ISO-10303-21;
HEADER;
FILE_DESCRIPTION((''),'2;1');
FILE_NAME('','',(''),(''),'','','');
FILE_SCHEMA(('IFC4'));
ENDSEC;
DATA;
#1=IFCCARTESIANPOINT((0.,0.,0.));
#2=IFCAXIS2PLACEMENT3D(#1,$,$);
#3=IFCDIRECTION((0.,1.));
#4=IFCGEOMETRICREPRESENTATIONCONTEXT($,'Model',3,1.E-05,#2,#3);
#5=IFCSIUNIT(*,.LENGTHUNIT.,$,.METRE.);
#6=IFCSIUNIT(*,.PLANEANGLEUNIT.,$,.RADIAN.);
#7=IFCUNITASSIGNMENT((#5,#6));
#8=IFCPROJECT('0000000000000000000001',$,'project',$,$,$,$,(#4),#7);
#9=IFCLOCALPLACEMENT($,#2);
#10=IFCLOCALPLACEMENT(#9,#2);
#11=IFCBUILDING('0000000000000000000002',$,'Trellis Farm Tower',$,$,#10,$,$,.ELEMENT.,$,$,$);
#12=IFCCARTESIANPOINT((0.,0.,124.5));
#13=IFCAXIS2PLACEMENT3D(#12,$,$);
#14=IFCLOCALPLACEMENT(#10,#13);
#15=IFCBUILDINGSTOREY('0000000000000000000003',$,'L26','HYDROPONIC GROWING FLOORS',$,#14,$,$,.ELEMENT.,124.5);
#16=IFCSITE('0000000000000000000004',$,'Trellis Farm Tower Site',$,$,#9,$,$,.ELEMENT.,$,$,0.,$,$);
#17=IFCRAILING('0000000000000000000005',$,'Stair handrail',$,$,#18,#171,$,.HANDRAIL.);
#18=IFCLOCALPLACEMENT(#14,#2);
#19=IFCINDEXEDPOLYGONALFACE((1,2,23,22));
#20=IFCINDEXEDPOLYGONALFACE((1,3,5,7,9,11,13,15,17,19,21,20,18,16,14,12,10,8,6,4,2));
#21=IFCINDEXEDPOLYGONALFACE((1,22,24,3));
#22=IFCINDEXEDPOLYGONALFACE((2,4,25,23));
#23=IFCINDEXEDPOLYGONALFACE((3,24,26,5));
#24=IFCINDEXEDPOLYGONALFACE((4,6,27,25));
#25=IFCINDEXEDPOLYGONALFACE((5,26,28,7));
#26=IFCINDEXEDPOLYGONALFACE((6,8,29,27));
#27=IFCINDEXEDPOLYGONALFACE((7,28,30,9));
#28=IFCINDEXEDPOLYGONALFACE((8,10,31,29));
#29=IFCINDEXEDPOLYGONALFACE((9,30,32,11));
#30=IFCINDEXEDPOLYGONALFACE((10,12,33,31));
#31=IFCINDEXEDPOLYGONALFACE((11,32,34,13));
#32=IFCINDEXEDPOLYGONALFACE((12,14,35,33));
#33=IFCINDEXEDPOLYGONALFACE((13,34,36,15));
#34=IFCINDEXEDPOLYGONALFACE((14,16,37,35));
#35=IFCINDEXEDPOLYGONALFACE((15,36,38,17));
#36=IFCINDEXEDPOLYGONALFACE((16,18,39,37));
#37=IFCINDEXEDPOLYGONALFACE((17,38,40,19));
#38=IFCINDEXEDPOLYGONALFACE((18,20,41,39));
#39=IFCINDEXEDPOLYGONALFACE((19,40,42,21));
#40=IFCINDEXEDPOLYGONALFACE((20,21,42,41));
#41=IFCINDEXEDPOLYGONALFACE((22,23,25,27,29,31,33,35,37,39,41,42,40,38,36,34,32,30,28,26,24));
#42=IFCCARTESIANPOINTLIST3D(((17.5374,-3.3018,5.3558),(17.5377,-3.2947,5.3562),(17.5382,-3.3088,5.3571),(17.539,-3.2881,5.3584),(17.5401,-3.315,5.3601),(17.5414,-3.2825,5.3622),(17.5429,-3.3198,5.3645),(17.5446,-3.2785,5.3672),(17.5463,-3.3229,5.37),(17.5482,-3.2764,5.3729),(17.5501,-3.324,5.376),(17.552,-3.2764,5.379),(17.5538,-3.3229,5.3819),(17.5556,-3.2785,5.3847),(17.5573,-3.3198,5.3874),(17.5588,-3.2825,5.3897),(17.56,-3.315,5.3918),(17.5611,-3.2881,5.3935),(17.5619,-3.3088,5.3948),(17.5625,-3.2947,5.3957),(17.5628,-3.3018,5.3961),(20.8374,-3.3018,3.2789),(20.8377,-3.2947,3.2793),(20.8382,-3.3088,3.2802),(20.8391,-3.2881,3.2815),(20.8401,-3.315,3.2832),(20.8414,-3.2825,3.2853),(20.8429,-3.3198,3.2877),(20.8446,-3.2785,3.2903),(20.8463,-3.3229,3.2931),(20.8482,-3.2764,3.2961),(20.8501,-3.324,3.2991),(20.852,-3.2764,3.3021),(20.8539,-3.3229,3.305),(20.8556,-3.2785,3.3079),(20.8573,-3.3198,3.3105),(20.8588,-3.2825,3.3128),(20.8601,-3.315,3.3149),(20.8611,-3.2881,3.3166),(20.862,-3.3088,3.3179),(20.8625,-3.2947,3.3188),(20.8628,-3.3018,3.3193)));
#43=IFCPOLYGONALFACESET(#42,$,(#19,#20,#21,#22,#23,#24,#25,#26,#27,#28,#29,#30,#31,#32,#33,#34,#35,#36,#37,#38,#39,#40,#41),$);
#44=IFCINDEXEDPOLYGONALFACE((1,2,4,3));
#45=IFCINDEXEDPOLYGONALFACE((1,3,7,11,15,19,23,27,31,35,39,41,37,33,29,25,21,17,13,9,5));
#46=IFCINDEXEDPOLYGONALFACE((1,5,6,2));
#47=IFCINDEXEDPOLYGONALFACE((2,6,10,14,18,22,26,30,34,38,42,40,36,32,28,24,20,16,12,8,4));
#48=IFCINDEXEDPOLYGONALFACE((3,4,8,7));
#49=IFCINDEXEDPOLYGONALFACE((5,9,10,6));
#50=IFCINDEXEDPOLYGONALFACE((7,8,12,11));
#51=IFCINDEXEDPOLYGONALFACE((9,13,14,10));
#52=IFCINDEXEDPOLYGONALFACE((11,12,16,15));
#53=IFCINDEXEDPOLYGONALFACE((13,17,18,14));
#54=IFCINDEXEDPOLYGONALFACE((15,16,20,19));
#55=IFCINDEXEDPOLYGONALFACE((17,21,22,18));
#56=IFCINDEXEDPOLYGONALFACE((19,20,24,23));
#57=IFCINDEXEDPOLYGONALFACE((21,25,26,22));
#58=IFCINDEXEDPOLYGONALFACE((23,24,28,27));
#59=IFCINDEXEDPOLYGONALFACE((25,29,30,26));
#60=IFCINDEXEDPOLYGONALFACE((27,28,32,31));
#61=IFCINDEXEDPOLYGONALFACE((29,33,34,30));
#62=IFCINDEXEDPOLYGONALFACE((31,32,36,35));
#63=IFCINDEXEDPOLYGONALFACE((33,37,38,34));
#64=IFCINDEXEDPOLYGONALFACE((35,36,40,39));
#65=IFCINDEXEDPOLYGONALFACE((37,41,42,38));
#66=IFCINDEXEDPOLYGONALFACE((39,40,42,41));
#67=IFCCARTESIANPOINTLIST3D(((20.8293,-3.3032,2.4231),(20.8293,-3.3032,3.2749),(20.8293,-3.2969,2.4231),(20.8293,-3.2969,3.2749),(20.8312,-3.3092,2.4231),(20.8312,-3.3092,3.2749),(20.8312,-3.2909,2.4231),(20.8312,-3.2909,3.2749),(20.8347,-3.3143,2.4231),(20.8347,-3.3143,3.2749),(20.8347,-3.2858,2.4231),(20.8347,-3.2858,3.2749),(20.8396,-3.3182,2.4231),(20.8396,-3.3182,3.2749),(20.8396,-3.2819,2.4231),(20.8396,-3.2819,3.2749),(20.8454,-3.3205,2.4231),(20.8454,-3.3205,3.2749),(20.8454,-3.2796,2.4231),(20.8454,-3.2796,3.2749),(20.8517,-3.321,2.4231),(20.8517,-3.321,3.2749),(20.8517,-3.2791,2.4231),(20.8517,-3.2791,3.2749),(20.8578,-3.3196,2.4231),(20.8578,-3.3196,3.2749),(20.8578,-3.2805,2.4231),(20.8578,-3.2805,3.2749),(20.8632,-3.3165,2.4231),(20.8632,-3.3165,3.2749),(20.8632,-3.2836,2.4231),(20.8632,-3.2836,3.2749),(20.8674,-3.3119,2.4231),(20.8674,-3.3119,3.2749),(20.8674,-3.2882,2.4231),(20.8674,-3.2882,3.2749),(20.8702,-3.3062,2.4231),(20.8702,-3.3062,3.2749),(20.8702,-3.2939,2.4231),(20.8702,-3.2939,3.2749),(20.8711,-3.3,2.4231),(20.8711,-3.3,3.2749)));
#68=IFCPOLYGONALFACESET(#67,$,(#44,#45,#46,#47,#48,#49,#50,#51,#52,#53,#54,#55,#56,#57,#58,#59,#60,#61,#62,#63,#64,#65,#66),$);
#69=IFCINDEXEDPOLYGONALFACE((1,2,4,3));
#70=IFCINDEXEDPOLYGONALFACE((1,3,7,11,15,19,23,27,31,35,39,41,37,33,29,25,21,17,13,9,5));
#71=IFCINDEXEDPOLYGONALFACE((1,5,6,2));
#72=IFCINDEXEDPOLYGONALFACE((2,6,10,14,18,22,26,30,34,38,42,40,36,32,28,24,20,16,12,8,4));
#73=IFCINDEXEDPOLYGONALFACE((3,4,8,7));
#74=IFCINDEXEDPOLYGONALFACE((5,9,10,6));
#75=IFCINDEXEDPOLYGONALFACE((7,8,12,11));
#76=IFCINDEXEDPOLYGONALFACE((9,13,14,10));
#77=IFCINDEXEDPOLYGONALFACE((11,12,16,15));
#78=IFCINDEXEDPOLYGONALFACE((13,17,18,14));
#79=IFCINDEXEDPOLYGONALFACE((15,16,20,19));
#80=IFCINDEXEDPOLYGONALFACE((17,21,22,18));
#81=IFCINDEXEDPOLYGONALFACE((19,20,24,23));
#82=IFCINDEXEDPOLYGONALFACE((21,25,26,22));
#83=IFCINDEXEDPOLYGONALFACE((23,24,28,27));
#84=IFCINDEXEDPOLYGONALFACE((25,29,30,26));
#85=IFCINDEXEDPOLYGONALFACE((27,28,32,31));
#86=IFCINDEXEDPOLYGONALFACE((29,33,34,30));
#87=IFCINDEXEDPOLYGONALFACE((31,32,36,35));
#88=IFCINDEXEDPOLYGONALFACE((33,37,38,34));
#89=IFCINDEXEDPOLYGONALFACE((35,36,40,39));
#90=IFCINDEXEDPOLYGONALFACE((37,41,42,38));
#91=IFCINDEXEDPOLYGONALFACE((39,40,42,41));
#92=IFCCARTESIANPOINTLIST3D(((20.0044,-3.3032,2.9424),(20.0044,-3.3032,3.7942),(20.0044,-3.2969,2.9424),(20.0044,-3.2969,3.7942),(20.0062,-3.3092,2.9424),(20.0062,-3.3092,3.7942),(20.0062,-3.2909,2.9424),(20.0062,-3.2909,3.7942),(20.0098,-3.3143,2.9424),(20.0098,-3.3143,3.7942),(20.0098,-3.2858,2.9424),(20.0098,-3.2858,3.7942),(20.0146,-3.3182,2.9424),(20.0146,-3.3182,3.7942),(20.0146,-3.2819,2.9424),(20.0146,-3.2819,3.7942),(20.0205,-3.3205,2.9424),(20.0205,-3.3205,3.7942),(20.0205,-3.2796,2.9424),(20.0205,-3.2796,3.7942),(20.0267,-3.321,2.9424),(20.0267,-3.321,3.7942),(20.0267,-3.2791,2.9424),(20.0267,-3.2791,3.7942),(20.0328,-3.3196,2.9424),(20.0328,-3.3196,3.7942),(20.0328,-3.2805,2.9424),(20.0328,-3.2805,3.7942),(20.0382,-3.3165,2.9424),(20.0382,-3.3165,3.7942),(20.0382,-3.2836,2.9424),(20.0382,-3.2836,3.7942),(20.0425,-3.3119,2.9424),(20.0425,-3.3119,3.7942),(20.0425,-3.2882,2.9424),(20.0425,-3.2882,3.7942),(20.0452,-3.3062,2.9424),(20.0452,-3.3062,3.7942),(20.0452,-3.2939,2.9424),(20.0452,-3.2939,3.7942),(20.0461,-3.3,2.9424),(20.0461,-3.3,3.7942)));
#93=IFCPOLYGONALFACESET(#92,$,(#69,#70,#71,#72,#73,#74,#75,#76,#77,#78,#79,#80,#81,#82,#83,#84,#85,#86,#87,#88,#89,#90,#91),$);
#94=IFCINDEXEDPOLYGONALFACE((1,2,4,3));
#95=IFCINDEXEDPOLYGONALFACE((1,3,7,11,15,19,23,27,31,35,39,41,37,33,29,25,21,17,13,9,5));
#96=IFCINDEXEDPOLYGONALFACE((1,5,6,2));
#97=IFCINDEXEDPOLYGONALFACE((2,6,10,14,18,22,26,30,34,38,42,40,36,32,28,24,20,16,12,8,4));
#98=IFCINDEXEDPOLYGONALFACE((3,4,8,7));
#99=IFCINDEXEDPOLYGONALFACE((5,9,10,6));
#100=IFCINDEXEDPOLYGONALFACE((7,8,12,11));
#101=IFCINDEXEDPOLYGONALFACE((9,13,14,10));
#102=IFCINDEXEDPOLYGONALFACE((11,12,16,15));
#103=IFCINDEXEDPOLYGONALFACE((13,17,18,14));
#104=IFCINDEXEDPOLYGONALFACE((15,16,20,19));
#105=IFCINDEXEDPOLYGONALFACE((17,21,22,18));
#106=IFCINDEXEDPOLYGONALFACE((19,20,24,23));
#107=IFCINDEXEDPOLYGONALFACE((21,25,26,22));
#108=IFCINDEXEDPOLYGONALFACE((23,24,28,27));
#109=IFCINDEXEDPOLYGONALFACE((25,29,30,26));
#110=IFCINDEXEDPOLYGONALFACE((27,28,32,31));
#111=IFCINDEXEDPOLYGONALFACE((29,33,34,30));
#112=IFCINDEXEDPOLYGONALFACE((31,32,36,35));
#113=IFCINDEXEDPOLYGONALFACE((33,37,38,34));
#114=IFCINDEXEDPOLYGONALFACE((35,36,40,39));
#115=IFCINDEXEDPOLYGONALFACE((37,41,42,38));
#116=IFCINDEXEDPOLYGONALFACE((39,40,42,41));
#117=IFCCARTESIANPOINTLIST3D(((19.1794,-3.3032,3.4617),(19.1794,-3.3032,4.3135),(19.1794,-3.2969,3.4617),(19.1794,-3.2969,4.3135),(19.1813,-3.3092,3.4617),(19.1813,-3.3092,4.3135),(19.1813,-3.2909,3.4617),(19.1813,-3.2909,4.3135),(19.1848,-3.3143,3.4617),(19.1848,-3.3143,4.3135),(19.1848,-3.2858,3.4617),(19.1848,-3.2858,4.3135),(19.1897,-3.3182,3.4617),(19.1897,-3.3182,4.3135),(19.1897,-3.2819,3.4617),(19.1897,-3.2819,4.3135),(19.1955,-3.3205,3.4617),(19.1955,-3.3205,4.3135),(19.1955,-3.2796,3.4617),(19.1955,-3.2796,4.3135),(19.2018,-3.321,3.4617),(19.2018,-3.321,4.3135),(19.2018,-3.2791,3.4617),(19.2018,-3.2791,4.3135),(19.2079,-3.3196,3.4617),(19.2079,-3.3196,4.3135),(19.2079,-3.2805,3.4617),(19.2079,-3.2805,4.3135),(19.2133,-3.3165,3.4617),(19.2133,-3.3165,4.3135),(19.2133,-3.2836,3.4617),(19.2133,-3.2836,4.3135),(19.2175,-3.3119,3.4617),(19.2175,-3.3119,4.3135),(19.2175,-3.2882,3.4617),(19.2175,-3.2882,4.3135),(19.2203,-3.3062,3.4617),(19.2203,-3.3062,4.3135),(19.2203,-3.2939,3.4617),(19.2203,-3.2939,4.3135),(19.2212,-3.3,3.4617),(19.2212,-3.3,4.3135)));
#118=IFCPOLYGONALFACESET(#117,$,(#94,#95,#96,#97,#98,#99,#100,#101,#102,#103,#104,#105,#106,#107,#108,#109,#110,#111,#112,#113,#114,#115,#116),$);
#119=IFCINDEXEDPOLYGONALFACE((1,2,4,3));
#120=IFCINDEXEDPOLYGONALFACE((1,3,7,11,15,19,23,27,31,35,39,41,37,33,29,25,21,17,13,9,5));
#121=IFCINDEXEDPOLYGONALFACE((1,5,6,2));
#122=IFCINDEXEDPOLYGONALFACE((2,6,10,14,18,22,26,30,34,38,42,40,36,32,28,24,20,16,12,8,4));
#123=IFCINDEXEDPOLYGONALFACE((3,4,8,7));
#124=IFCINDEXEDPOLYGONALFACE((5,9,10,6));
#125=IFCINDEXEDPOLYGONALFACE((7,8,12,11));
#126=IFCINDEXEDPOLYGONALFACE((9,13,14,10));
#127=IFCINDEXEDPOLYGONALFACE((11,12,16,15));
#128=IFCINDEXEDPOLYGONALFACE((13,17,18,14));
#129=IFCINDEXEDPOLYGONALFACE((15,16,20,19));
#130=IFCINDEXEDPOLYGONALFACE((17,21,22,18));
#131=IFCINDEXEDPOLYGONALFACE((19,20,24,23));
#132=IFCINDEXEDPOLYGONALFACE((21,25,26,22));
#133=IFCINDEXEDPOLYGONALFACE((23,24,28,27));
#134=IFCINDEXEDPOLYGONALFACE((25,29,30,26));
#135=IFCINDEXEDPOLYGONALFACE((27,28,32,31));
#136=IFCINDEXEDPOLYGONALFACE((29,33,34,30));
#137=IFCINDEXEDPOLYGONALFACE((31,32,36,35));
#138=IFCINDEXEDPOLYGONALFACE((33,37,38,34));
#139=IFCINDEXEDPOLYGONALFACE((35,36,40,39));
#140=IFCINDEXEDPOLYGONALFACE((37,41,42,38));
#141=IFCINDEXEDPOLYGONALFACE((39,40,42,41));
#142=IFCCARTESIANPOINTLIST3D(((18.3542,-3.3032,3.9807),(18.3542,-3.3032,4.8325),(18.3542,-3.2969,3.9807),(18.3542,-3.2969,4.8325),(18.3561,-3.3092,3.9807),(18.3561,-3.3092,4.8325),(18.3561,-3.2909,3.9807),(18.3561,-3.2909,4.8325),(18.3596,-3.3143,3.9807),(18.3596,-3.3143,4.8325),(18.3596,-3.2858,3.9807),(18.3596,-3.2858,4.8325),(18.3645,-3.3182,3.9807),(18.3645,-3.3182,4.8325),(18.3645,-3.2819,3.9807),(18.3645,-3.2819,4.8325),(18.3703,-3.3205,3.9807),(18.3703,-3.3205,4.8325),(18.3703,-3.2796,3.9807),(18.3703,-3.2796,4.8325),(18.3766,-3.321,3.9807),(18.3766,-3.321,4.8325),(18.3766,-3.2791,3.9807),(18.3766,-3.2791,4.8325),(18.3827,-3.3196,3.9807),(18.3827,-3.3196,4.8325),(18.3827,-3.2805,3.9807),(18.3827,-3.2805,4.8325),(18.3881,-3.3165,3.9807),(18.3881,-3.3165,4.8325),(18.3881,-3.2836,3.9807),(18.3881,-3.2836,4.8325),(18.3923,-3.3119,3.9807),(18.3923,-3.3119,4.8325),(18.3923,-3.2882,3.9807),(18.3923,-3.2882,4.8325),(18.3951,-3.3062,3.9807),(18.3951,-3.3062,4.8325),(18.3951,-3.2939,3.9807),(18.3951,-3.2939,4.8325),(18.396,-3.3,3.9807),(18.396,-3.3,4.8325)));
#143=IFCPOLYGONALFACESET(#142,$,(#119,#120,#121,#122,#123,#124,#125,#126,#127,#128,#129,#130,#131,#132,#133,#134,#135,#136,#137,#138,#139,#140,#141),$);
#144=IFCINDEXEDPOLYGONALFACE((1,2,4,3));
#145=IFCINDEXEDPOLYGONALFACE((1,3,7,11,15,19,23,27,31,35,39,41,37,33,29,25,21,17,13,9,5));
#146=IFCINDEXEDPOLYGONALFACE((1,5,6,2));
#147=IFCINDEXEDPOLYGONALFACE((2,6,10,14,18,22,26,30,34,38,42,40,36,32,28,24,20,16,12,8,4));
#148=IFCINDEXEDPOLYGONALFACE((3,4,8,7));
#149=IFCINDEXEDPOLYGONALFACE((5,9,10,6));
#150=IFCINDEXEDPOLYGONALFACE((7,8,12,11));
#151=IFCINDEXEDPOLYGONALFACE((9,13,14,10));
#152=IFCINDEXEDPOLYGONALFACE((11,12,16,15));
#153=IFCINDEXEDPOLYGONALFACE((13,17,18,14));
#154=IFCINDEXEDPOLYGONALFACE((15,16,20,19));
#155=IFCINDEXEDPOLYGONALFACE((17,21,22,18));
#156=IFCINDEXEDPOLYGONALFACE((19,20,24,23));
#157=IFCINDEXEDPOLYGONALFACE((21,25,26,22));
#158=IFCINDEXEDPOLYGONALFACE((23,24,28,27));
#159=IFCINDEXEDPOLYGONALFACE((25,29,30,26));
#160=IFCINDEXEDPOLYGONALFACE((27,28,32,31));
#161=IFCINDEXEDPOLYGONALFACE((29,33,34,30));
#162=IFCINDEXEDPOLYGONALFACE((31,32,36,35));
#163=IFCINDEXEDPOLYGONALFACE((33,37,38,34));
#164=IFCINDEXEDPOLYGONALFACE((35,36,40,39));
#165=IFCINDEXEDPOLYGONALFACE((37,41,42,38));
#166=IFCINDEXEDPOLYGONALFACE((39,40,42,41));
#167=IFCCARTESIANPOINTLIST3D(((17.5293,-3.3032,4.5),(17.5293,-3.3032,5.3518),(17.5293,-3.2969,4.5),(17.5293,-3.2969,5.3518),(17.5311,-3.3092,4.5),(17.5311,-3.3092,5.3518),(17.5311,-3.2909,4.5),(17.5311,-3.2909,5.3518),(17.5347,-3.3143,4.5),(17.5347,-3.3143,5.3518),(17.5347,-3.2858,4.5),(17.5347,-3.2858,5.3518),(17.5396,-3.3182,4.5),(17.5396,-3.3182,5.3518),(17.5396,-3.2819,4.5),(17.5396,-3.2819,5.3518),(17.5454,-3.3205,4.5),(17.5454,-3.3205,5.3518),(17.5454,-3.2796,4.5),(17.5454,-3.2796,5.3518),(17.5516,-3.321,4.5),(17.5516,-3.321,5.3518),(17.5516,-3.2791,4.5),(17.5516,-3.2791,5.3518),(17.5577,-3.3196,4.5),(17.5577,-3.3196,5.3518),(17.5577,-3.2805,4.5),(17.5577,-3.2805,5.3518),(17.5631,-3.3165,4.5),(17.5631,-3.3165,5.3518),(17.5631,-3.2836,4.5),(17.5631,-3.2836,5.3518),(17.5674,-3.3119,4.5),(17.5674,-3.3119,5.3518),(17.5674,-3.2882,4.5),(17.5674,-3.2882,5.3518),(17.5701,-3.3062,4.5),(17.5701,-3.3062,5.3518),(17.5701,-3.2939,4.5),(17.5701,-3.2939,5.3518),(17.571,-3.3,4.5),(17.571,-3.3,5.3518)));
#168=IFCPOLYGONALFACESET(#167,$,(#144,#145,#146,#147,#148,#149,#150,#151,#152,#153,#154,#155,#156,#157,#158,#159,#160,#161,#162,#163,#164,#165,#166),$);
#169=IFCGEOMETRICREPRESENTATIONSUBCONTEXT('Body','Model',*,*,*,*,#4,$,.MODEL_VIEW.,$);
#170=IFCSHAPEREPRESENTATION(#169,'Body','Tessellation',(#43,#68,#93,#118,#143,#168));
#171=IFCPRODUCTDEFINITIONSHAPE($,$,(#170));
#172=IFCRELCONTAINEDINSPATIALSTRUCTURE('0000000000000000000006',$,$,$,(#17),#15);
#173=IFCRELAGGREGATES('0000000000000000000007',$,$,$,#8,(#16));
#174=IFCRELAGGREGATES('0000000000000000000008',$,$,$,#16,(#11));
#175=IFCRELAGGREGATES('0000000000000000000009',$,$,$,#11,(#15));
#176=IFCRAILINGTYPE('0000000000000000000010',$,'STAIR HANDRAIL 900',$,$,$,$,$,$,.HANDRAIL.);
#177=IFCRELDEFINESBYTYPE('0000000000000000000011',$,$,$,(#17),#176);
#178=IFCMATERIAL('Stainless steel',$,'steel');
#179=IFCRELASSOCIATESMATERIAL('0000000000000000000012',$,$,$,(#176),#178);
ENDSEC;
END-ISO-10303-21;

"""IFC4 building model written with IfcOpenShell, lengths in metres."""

from ifc_helpers import new_model, si_unit, direction, frame, origin, origin_2d, place, context, subcontext, project, spatial, circle, extrude, source, transform, mapped, material, type_object, element, save


model = new_model("IFC4")

# Units and contexts
model_context = context("Model", 3, precision=1e-05, world=origin(), true_north=direction((0.0, 1.0)))
body_context = subcontext(model_context, "Body", "Model", "MODEL_VIEW")
ifc_project = project(units=[si_unit("LENGTHUNIT", "METRE"), si_unit("PLANEANGLEUNIT", "RADIAN")], contexts=[model_context])

# Site, building, storey
site_placement = place(None, origin())
site = spatial("IfcSite", under=ifc_project, at=site_placement, Name="Trellis Farm Tower Site", CompositionType="ELEMENT", RefElevation=0.0)
building_placement = place(site_placement, origin())
building = spatial("IfcBuilding", under=site, at=building_placement, Name="Trellis Farm Tower", CompositionType="ELEMENT")
storey_placement = place(building_placement, frame((0.0, 0.0, 124.5)))
storey = spatial("IfcBuildingStorey", under=building, at=storey_placement, Name="L26", Description="HYDROPONIC GROWING FLOORS", CompositionType="ELEMENT", Elevation=124.5)

# Shared definitions
ifc_material_1 = material(Name="Stainless steel", Category="steel")

# Railing
railing_type = type_object("IfcRailingType", Name="STAIR HANDRAIL 900", PredefinedType="HANDRAIL", material=ifc_material_1)
shared_shape_1 = source(origin(), body_context, "Body", "SweptSolid", [
    extrude(circle(Radius=0.0239, at=origin_2d()), frame((0.0, 0.0, 0.876), z_axis=(-0.846337, 0.0, 0.532647), x_axis=(0.0, -1.0, 0.0)), (0.0, 0.0, 1.0), 3.8992),
    extrude(circle(Radius=0.021, at=origin_2d()), origin(), (0.0, 0.0, 1.0), 0.8518),
    extrude(circle(Radius=0.021, at=origin_2d()), frame((-0.825, 0.0, 0.5193)), (0.0, 0.0, 1.0), 0.8518),
    extrude(circle(Radius=0.021, at=origin_2d()), frame((-1.6499, 0.0, 1.0386)), (0.0, 0.0, 1.0), 0.8518),
    extrude(circle(Radius=0.021, at=origin_2d()), frame((-2.4751, 0.0, 1.5576)), (0.0, 0.0, 1.0), 0.8518),
    extrude(circle(Radius=0.021, at=origin_2d()), frame((-3.3, 0.0, 2.0769)), (0.0, 0.0, 1.0), 0.8518),
])
for number, where, name in (
    (1, (20.8501, -3.3, 2.4231), "Stair handrail"),
):
    element("IfcRailing", number, at=place(storey_placement, frame(where)), inside=storey, type_object=railing_type, Name=name, PredefinedType="HANDRAIL", context=body_context, shape_type="MappedRepresentation", body=[
        mapped(shared_shape_1, transform((0.0, 0.0, 0.0))),
    ])

save(model, "model.ifc")
